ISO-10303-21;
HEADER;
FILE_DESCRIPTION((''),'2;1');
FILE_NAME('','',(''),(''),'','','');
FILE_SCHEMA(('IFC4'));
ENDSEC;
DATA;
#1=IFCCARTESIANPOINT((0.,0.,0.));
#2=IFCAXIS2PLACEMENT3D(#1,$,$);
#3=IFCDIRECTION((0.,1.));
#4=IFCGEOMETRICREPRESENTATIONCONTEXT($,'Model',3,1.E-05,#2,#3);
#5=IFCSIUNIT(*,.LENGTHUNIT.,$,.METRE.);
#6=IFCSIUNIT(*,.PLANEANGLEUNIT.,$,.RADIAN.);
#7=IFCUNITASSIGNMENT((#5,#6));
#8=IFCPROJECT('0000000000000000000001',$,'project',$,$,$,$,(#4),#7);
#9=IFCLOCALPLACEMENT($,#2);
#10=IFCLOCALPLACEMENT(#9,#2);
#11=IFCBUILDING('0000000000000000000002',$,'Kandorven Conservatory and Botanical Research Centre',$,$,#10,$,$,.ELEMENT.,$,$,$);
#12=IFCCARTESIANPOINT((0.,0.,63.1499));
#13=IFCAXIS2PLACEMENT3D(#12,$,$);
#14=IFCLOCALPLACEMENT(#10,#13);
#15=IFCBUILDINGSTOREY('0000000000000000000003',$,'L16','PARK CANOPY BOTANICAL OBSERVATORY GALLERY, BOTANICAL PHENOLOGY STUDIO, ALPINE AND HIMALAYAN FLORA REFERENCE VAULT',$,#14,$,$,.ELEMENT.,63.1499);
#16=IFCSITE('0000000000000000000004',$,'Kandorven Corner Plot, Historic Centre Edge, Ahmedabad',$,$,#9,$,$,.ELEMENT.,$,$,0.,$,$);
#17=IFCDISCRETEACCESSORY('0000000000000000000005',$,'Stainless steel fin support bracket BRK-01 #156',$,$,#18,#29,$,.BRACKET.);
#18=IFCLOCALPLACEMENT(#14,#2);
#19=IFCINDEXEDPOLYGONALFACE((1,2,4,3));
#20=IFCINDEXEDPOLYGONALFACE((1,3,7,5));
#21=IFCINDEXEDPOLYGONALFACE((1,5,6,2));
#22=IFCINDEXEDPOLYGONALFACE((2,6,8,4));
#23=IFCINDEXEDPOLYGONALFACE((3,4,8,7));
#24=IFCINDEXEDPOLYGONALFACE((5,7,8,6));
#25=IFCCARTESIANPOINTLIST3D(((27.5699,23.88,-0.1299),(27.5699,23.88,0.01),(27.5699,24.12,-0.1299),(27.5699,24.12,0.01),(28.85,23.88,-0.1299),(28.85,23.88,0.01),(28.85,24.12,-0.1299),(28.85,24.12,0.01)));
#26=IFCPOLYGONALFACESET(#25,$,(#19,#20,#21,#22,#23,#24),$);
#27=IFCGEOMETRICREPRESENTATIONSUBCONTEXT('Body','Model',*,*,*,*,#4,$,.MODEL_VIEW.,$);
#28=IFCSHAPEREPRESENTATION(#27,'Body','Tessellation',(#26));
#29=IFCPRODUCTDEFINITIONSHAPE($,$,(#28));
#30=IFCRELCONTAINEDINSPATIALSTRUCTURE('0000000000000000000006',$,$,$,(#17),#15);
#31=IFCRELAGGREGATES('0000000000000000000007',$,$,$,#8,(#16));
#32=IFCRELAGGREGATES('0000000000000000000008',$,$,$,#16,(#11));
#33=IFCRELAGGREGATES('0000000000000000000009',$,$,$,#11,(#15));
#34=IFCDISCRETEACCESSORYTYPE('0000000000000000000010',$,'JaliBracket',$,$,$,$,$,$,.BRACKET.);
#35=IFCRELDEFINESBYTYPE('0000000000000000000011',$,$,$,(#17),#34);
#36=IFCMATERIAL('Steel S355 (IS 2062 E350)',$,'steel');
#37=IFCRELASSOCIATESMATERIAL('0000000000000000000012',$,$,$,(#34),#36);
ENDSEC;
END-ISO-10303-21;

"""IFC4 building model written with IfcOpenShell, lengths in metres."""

from ifc_helpers import new_model, si_unit, direction, frame, origin, origin_2d, place, context, subcontext, project, spatial, rectangle, extrude, material, type_object, element, save


model = new_model("IFC4")

# Units and contexts
model_context = context("Model", 3, precision=1e-05, world=origin(), true_north=direction((0.0, 1.0)))
body_context = subcontext(model_context, "Body", "Model", "MODEL_VIEW")
ifc_project = project(units=[si_unit("LENGTHUNIT", "METRE"), si_unit("PLANEANGLEUNIT", "RADIAN")], contexts=[model_context])

# Site, building, storey
site_placement = place(None, origin())
site = spatial("IfcSite", under=ifc_project, at=site_placement, Name="Kandorven Corner Plot, Historic Centre Edge, Ahmedabad", CompositionType="ELEMENT", RefElevation=0.0)
building_placement = place(site_placement, origin())
building = spatial("IfcBuilding", under=site, at=building_placement, Name="Kandorven Conservatory and Botanical Research Centre", CompositionType="ELEMENT")
storey_placement = place(building_placement, frame((0.0, 0.0, 63.1499)))
storey = spatial("IfcBuildingStorey", under=building, at=storey_placement, Name="L16", Description="PARK CANOPY BOTANICAL OBSERVATORY GALLERY, BOTANICAL PHENOLOGY STUDIO, ALPINE AND HIMALAYAN FLORA REFERENCE VAULT", CompositionType="ELEMENT", Elevation=63.1499)

# Discrete accessory
ifc_material_1 = material(Name="Steel S355 (IS 2062 E350)", Category="steel")
discrete_accessory_type = type_object("IfcDiscreteAccessoryType", Name="JaliBracket", PredefinedType="BRACKET", material=ifc_material_1)
discrete_accessory_placement = place(storey_placement, frame((28.21, 24.0, -0.1299), z_axis=(0.0, 0.0, 1.0), x_axis=(1.0, 0.0, 0.0)))
element("IfcDiscreteAccessory", 1, at=discrete_accessory_placement, inside=storey, type_object=discrete_accessory_type, Name="Stainless steel fin support bracket BRK-01 #156", PredefinedType="BRACKET", context=body_context, shape_type="SweptSolid", body=[
    extrude(rectangle(XDim=1.28, YDim=0.24, at=origin_2d()), origin(), (0.0, 0.0, 1.0), 0.1399),
])

save(model, "model.ifc")
